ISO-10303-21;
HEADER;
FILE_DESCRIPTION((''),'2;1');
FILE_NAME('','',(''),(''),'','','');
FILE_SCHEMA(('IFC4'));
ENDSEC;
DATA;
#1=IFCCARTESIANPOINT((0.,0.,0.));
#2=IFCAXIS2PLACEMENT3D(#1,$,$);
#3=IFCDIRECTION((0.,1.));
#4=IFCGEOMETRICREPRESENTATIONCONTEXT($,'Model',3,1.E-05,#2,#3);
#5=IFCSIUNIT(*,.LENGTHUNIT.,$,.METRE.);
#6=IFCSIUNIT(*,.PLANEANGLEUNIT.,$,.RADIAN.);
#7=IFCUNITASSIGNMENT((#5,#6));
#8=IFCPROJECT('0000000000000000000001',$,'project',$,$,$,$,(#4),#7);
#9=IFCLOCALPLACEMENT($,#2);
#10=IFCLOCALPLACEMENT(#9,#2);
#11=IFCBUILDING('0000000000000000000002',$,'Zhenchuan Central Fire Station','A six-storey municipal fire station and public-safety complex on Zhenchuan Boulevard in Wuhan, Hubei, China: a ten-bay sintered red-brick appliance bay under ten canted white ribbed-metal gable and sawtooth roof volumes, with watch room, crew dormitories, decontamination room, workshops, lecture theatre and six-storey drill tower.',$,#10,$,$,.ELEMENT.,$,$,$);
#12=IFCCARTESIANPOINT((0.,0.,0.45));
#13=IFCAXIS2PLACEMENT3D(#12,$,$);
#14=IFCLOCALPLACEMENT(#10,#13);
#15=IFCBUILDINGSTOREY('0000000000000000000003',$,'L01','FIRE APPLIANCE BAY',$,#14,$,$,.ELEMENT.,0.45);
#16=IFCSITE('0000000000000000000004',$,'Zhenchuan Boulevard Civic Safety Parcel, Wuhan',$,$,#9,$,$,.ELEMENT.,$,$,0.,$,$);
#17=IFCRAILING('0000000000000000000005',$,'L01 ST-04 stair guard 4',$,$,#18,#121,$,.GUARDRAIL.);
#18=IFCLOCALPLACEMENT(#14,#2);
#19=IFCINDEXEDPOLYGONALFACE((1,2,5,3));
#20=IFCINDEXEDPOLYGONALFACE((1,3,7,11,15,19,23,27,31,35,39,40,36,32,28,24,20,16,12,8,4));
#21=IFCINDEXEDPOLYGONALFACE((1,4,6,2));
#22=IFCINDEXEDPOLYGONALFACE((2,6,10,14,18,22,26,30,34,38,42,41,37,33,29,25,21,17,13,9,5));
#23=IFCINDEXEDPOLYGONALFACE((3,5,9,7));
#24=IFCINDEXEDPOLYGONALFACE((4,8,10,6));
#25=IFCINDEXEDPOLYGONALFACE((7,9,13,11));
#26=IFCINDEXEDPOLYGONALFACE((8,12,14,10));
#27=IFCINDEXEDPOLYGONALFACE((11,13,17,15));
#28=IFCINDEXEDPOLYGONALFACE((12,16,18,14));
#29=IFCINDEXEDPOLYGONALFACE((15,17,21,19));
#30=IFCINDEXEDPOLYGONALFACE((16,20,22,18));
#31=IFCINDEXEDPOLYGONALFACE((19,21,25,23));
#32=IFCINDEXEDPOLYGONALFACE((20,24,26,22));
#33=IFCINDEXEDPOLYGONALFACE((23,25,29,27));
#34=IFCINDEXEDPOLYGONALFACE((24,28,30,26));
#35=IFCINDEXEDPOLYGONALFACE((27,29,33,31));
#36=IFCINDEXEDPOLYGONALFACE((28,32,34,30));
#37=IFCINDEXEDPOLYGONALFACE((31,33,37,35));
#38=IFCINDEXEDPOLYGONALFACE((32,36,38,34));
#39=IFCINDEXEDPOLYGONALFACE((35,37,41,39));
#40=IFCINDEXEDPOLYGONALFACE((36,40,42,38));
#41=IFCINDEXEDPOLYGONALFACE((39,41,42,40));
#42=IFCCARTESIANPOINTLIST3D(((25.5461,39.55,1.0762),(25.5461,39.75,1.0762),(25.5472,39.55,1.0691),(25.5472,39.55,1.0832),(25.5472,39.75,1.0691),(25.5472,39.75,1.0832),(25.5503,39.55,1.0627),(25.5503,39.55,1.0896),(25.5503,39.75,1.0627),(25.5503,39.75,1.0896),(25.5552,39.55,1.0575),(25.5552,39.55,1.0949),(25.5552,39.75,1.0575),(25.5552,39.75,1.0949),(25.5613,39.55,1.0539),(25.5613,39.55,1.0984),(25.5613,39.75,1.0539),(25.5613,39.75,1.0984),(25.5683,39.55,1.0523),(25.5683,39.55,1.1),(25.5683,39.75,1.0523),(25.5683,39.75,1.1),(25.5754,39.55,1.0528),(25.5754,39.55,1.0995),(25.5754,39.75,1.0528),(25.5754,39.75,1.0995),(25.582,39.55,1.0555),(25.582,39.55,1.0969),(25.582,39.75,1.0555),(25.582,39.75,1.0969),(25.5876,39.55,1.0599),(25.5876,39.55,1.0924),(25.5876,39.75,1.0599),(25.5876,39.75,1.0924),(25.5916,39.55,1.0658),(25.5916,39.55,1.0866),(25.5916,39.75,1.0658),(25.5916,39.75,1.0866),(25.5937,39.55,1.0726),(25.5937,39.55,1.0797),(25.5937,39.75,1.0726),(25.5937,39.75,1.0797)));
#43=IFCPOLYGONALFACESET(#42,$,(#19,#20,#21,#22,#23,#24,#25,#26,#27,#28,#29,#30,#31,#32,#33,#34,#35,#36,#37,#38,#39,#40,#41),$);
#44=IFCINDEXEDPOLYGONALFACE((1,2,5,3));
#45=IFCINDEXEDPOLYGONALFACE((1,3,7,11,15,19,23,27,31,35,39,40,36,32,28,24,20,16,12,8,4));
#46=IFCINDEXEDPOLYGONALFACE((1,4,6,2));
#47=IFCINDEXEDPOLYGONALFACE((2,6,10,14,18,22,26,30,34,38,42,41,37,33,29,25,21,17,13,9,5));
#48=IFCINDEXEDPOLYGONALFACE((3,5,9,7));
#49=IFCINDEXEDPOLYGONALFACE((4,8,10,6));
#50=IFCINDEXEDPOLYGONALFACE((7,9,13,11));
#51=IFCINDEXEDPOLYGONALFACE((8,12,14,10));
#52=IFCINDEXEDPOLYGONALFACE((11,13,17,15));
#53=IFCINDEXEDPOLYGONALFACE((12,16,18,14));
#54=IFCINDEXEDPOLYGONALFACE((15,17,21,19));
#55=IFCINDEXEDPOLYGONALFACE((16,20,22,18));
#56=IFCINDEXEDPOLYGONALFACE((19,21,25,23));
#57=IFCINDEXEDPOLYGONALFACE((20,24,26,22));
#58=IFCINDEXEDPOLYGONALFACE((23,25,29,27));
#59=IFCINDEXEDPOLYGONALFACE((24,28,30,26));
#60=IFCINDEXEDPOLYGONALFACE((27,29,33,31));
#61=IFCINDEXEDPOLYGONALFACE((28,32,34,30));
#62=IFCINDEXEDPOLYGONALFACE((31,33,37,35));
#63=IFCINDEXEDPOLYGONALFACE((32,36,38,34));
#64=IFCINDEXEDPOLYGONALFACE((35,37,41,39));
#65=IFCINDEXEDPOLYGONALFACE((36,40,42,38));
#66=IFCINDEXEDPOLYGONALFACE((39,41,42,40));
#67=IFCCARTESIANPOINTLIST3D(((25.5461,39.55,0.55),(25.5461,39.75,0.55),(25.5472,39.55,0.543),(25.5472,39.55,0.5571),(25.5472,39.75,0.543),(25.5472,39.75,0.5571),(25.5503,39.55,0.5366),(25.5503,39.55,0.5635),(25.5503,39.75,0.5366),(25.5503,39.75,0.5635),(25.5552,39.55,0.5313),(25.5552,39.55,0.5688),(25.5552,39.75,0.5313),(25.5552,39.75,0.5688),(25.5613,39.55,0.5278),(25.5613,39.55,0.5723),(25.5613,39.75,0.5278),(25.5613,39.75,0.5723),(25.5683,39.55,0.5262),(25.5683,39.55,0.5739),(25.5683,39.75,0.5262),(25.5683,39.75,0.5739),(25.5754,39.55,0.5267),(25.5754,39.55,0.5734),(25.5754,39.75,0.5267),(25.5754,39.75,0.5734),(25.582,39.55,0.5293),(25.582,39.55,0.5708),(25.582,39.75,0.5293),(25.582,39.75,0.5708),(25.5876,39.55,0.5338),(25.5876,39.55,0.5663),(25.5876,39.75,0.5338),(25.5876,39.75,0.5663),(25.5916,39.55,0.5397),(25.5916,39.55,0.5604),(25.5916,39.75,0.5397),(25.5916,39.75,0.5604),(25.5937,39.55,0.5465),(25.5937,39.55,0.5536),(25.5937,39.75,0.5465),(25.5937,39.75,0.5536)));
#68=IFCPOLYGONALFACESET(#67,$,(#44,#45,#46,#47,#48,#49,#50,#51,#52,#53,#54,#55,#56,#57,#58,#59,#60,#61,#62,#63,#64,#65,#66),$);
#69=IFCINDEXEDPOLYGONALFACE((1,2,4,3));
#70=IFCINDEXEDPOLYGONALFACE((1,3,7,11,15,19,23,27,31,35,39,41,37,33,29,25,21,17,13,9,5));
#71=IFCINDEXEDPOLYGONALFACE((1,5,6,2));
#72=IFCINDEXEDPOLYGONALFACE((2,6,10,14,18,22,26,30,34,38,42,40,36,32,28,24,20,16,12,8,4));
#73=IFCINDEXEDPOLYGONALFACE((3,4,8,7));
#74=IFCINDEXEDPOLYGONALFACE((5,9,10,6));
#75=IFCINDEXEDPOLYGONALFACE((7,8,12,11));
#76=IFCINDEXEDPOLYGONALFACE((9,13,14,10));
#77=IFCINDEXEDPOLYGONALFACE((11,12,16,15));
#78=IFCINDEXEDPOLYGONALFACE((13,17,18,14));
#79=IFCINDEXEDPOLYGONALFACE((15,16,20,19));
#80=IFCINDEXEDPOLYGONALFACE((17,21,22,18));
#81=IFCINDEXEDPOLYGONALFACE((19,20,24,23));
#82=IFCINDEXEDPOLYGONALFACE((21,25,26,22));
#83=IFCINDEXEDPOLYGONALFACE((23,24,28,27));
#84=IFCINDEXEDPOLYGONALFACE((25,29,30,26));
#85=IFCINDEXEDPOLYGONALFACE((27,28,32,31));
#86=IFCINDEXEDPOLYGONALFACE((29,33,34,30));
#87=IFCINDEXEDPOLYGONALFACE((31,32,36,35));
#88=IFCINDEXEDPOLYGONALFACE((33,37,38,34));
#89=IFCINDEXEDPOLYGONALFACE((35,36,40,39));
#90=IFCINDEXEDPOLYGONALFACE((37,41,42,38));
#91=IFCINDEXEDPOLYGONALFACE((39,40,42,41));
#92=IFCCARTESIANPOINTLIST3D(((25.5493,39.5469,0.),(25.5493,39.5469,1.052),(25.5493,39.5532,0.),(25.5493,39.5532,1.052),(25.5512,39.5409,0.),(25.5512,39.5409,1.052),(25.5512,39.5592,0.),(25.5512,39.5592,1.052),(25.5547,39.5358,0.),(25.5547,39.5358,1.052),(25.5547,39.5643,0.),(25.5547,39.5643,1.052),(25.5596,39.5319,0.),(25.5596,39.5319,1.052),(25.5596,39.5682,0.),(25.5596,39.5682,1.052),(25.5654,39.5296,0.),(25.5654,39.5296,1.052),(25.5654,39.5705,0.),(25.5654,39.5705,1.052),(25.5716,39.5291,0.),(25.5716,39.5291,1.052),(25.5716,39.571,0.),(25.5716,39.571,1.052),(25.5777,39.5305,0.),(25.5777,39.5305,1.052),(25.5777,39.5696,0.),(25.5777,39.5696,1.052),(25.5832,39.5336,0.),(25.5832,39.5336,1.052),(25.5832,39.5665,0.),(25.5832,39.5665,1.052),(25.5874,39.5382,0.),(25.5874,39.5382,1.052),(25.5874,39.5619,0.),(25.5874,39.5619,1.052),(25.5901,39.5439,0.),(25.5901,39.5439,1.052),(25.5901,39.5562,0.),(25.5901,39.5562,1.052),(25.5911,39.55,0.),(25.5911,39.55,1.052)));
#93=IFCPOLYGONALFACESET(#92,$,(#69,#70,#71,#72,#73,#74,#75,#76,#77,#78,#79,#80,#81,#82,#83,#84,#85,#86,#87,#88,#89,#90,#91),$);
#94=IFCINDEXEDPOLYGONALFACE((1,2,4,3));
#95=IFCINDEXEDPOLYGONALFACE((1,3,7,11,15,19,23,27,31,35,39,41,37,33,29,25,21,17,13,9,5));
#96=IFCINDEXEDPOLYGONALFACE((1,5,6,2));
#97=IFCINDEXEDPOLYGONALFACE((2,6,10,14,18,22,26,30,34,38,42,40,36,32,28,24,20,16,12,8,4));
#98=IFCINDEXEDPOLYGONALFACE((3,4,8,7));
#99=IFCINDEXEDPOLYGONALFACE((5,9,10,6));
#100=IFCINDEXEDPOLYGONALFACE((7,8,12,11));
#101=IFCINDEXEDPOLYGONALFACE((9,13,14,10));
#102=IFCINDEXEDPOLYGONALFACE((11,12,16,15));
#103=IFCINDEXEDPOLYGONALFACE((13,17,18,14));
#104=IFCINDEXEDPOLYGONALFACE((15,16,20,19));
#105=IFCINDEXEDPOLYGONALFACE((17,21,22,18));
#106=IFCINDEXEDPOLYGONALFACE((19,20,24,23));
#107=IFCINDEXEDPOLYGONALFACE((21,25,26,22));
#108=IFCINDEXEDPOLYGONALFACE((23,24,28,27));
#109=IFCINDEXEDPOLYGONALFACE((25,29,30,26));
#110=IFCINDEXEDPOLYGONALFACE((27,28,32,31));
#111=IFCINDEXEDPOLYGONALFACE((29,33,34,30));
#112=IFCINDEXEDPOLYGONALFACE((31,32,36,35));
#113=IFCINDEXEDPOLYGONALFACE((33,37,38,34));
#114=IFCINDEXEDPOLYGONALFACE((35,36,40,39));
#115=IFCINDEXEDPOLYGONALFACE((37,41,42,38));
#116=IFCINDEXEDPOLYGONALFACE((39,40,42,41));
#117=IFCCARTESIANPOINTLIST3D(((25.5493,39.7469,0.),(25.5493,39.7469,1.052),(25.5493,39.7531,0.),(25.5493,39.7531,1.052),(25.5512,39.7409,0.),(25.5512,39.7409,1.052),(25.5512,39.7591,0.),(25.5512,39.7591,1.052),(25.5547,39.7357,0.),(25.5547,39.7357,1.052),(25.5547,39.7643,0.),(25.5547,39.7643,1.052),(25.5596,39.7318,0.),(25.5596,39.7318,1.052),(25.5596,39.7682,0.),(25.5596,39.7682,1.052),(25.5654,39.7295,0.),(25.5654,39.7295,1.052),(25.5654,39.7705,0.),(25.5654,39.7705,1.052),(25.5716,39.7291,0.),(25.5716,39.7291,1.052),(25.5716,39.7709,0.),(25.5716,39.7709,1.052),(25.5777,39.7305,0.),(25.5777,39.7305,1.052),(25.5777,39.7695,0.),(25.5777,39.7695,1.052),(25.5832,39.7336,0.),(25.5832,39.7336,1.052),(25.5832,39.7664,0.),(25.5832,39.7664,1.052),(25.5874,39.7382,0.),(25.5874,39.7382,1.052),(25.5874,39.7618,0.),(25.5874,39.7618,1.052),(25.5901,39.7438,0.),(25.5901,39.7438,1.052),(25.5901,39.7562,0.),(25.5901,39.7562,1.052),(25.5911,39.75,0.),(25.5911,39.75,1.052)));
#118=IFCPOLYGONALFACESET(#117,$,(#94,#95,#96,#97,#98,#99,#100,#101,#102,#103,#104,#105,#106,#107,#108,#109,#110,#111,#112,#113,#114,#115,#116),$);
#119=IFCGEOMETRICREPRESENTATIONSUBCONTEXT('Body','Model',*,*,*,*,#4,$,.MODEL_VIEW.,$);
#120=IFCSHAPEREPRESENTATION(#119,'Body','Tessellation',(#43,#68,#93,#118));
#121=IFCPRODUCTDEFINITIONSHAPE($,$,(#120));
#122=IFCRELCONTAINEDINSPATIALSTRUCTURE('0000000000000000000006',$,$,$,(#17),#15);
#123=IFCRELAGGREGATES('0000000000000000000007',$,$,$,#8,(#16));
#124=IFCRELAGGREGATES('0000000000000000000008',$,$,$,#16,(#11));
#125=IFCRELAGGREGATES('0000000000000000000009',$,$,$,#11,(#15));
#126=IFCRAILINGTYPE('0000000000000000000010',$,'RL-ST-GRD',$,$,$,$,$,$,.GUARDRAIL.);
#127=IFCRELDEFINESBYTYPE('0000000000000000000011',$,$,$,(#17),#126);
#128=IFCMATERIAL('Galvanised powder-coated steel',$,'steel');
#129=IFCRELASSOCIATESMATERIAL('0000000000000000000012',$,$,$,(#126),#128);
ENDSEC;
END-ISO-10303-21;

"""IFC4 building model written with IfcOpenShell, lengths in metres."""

from ifc_helpers import new_model, si_unit, direction, frame, origin, origin_2d, place, context, subcontext, project, spatial, circle, extrude, material, type_object, element, save


model = new_model("IFC4")

# Units and contexts
model_context = context("Model", 3, precision=1e-05, world=origin(), true_north=direction((0.0, 1.0)))
body_context = subcontext(model_context, "Body", "Model", "MODEL_VIEW")
ifc_project = project(units=[si_unit("LENGTHUNIT", "METRE"), si_unit("PLANEANGLEUNIT", "RADIAN")], contexts=[model_context])

# Site, building, storey
site_placement = place(None, origin())
site = spatial("IfcSite", under=ifc_project, at=site_placement, Name="Zhenchuan Boulevard Civic Safety Parcel, Wuhan", CompositionType="ELEMENT", RefElevation=0.0)
building_placement = place(site_placement, origin())
building = spatial("IfcBuilding", under=site, at=building_placement, Name="Zhenchuan Central Fire Station", Description="A six-storey municipal fire station and public-safety complex on Zhenchuan Boulevard in Wuhan, Hubei, China: a ten-bay sintered red-brick appliance bay under ten canted white ribbed-metal gable and sawtooth roof volumes, with watch room, crew dormitories, decontamination room, workshops, lecture theatre and six-storey drill tower.", CompositionType="ELEMENT")
storey_placement = place(building_placement, frame((0.0, 0.0, 0.45)))
storey = spatial("IfcBuildingStorey", under=building, at=storey_placement, Name="L01", Description="FIRE APPLIANCE BAY", CompositionType="ELEMENT", Elevation=0.45)

# Railing
ifc_material_1 = material(Name="Galvanised powder-coated steel", Category="steel")
railing_type = type_object("IfcRailingType", Name="RL-ST-GRD", PredefinedType="GUARDRAIL", material=ifc_material_1)
railing_1_placement = place(storey_placement, frame((25.5701, 39.55, 0.0)))
element("IfcRailing", 1, at=railing_1_placement, inside=storey, type_object=railing_type, Name="L01 ST-04 stair guard 4", PredefinedType="GUARDRAIL", context=body_context, shape_type="SweptSolid", body=[
    extrude(circle(Radius=0.0239, at=origin_2d()), frame((0.0, 0.0, 1.0762), z_axis=(0.0, 1.0, 0.0), x_axis=(-1.0, 0.0, 0.0)), (0.0, 0.0, 1.0), 0.2),
    extrude(circle(Radius=0.0239, at=origin_2d()), frame((0.0, 0.0, 0.55), z_axis=(0.0, 1.0, 0.0), x_axis=(-1.0, 0.0, 0.0)), (0.0, 0.0, 1.0), 0.2),
    extrude(circle(Radius=0.021, at=origin_2d()), origin(), (0.0, 0.0, 1.0), 1.052),
    extrude(circle(Radius=0.021, at=origin_2d()), frame((0.0, 0.2, 0.0)), (0.0, 0.0, 1.0), 1.052),
])

save(model, "model.ifc")
